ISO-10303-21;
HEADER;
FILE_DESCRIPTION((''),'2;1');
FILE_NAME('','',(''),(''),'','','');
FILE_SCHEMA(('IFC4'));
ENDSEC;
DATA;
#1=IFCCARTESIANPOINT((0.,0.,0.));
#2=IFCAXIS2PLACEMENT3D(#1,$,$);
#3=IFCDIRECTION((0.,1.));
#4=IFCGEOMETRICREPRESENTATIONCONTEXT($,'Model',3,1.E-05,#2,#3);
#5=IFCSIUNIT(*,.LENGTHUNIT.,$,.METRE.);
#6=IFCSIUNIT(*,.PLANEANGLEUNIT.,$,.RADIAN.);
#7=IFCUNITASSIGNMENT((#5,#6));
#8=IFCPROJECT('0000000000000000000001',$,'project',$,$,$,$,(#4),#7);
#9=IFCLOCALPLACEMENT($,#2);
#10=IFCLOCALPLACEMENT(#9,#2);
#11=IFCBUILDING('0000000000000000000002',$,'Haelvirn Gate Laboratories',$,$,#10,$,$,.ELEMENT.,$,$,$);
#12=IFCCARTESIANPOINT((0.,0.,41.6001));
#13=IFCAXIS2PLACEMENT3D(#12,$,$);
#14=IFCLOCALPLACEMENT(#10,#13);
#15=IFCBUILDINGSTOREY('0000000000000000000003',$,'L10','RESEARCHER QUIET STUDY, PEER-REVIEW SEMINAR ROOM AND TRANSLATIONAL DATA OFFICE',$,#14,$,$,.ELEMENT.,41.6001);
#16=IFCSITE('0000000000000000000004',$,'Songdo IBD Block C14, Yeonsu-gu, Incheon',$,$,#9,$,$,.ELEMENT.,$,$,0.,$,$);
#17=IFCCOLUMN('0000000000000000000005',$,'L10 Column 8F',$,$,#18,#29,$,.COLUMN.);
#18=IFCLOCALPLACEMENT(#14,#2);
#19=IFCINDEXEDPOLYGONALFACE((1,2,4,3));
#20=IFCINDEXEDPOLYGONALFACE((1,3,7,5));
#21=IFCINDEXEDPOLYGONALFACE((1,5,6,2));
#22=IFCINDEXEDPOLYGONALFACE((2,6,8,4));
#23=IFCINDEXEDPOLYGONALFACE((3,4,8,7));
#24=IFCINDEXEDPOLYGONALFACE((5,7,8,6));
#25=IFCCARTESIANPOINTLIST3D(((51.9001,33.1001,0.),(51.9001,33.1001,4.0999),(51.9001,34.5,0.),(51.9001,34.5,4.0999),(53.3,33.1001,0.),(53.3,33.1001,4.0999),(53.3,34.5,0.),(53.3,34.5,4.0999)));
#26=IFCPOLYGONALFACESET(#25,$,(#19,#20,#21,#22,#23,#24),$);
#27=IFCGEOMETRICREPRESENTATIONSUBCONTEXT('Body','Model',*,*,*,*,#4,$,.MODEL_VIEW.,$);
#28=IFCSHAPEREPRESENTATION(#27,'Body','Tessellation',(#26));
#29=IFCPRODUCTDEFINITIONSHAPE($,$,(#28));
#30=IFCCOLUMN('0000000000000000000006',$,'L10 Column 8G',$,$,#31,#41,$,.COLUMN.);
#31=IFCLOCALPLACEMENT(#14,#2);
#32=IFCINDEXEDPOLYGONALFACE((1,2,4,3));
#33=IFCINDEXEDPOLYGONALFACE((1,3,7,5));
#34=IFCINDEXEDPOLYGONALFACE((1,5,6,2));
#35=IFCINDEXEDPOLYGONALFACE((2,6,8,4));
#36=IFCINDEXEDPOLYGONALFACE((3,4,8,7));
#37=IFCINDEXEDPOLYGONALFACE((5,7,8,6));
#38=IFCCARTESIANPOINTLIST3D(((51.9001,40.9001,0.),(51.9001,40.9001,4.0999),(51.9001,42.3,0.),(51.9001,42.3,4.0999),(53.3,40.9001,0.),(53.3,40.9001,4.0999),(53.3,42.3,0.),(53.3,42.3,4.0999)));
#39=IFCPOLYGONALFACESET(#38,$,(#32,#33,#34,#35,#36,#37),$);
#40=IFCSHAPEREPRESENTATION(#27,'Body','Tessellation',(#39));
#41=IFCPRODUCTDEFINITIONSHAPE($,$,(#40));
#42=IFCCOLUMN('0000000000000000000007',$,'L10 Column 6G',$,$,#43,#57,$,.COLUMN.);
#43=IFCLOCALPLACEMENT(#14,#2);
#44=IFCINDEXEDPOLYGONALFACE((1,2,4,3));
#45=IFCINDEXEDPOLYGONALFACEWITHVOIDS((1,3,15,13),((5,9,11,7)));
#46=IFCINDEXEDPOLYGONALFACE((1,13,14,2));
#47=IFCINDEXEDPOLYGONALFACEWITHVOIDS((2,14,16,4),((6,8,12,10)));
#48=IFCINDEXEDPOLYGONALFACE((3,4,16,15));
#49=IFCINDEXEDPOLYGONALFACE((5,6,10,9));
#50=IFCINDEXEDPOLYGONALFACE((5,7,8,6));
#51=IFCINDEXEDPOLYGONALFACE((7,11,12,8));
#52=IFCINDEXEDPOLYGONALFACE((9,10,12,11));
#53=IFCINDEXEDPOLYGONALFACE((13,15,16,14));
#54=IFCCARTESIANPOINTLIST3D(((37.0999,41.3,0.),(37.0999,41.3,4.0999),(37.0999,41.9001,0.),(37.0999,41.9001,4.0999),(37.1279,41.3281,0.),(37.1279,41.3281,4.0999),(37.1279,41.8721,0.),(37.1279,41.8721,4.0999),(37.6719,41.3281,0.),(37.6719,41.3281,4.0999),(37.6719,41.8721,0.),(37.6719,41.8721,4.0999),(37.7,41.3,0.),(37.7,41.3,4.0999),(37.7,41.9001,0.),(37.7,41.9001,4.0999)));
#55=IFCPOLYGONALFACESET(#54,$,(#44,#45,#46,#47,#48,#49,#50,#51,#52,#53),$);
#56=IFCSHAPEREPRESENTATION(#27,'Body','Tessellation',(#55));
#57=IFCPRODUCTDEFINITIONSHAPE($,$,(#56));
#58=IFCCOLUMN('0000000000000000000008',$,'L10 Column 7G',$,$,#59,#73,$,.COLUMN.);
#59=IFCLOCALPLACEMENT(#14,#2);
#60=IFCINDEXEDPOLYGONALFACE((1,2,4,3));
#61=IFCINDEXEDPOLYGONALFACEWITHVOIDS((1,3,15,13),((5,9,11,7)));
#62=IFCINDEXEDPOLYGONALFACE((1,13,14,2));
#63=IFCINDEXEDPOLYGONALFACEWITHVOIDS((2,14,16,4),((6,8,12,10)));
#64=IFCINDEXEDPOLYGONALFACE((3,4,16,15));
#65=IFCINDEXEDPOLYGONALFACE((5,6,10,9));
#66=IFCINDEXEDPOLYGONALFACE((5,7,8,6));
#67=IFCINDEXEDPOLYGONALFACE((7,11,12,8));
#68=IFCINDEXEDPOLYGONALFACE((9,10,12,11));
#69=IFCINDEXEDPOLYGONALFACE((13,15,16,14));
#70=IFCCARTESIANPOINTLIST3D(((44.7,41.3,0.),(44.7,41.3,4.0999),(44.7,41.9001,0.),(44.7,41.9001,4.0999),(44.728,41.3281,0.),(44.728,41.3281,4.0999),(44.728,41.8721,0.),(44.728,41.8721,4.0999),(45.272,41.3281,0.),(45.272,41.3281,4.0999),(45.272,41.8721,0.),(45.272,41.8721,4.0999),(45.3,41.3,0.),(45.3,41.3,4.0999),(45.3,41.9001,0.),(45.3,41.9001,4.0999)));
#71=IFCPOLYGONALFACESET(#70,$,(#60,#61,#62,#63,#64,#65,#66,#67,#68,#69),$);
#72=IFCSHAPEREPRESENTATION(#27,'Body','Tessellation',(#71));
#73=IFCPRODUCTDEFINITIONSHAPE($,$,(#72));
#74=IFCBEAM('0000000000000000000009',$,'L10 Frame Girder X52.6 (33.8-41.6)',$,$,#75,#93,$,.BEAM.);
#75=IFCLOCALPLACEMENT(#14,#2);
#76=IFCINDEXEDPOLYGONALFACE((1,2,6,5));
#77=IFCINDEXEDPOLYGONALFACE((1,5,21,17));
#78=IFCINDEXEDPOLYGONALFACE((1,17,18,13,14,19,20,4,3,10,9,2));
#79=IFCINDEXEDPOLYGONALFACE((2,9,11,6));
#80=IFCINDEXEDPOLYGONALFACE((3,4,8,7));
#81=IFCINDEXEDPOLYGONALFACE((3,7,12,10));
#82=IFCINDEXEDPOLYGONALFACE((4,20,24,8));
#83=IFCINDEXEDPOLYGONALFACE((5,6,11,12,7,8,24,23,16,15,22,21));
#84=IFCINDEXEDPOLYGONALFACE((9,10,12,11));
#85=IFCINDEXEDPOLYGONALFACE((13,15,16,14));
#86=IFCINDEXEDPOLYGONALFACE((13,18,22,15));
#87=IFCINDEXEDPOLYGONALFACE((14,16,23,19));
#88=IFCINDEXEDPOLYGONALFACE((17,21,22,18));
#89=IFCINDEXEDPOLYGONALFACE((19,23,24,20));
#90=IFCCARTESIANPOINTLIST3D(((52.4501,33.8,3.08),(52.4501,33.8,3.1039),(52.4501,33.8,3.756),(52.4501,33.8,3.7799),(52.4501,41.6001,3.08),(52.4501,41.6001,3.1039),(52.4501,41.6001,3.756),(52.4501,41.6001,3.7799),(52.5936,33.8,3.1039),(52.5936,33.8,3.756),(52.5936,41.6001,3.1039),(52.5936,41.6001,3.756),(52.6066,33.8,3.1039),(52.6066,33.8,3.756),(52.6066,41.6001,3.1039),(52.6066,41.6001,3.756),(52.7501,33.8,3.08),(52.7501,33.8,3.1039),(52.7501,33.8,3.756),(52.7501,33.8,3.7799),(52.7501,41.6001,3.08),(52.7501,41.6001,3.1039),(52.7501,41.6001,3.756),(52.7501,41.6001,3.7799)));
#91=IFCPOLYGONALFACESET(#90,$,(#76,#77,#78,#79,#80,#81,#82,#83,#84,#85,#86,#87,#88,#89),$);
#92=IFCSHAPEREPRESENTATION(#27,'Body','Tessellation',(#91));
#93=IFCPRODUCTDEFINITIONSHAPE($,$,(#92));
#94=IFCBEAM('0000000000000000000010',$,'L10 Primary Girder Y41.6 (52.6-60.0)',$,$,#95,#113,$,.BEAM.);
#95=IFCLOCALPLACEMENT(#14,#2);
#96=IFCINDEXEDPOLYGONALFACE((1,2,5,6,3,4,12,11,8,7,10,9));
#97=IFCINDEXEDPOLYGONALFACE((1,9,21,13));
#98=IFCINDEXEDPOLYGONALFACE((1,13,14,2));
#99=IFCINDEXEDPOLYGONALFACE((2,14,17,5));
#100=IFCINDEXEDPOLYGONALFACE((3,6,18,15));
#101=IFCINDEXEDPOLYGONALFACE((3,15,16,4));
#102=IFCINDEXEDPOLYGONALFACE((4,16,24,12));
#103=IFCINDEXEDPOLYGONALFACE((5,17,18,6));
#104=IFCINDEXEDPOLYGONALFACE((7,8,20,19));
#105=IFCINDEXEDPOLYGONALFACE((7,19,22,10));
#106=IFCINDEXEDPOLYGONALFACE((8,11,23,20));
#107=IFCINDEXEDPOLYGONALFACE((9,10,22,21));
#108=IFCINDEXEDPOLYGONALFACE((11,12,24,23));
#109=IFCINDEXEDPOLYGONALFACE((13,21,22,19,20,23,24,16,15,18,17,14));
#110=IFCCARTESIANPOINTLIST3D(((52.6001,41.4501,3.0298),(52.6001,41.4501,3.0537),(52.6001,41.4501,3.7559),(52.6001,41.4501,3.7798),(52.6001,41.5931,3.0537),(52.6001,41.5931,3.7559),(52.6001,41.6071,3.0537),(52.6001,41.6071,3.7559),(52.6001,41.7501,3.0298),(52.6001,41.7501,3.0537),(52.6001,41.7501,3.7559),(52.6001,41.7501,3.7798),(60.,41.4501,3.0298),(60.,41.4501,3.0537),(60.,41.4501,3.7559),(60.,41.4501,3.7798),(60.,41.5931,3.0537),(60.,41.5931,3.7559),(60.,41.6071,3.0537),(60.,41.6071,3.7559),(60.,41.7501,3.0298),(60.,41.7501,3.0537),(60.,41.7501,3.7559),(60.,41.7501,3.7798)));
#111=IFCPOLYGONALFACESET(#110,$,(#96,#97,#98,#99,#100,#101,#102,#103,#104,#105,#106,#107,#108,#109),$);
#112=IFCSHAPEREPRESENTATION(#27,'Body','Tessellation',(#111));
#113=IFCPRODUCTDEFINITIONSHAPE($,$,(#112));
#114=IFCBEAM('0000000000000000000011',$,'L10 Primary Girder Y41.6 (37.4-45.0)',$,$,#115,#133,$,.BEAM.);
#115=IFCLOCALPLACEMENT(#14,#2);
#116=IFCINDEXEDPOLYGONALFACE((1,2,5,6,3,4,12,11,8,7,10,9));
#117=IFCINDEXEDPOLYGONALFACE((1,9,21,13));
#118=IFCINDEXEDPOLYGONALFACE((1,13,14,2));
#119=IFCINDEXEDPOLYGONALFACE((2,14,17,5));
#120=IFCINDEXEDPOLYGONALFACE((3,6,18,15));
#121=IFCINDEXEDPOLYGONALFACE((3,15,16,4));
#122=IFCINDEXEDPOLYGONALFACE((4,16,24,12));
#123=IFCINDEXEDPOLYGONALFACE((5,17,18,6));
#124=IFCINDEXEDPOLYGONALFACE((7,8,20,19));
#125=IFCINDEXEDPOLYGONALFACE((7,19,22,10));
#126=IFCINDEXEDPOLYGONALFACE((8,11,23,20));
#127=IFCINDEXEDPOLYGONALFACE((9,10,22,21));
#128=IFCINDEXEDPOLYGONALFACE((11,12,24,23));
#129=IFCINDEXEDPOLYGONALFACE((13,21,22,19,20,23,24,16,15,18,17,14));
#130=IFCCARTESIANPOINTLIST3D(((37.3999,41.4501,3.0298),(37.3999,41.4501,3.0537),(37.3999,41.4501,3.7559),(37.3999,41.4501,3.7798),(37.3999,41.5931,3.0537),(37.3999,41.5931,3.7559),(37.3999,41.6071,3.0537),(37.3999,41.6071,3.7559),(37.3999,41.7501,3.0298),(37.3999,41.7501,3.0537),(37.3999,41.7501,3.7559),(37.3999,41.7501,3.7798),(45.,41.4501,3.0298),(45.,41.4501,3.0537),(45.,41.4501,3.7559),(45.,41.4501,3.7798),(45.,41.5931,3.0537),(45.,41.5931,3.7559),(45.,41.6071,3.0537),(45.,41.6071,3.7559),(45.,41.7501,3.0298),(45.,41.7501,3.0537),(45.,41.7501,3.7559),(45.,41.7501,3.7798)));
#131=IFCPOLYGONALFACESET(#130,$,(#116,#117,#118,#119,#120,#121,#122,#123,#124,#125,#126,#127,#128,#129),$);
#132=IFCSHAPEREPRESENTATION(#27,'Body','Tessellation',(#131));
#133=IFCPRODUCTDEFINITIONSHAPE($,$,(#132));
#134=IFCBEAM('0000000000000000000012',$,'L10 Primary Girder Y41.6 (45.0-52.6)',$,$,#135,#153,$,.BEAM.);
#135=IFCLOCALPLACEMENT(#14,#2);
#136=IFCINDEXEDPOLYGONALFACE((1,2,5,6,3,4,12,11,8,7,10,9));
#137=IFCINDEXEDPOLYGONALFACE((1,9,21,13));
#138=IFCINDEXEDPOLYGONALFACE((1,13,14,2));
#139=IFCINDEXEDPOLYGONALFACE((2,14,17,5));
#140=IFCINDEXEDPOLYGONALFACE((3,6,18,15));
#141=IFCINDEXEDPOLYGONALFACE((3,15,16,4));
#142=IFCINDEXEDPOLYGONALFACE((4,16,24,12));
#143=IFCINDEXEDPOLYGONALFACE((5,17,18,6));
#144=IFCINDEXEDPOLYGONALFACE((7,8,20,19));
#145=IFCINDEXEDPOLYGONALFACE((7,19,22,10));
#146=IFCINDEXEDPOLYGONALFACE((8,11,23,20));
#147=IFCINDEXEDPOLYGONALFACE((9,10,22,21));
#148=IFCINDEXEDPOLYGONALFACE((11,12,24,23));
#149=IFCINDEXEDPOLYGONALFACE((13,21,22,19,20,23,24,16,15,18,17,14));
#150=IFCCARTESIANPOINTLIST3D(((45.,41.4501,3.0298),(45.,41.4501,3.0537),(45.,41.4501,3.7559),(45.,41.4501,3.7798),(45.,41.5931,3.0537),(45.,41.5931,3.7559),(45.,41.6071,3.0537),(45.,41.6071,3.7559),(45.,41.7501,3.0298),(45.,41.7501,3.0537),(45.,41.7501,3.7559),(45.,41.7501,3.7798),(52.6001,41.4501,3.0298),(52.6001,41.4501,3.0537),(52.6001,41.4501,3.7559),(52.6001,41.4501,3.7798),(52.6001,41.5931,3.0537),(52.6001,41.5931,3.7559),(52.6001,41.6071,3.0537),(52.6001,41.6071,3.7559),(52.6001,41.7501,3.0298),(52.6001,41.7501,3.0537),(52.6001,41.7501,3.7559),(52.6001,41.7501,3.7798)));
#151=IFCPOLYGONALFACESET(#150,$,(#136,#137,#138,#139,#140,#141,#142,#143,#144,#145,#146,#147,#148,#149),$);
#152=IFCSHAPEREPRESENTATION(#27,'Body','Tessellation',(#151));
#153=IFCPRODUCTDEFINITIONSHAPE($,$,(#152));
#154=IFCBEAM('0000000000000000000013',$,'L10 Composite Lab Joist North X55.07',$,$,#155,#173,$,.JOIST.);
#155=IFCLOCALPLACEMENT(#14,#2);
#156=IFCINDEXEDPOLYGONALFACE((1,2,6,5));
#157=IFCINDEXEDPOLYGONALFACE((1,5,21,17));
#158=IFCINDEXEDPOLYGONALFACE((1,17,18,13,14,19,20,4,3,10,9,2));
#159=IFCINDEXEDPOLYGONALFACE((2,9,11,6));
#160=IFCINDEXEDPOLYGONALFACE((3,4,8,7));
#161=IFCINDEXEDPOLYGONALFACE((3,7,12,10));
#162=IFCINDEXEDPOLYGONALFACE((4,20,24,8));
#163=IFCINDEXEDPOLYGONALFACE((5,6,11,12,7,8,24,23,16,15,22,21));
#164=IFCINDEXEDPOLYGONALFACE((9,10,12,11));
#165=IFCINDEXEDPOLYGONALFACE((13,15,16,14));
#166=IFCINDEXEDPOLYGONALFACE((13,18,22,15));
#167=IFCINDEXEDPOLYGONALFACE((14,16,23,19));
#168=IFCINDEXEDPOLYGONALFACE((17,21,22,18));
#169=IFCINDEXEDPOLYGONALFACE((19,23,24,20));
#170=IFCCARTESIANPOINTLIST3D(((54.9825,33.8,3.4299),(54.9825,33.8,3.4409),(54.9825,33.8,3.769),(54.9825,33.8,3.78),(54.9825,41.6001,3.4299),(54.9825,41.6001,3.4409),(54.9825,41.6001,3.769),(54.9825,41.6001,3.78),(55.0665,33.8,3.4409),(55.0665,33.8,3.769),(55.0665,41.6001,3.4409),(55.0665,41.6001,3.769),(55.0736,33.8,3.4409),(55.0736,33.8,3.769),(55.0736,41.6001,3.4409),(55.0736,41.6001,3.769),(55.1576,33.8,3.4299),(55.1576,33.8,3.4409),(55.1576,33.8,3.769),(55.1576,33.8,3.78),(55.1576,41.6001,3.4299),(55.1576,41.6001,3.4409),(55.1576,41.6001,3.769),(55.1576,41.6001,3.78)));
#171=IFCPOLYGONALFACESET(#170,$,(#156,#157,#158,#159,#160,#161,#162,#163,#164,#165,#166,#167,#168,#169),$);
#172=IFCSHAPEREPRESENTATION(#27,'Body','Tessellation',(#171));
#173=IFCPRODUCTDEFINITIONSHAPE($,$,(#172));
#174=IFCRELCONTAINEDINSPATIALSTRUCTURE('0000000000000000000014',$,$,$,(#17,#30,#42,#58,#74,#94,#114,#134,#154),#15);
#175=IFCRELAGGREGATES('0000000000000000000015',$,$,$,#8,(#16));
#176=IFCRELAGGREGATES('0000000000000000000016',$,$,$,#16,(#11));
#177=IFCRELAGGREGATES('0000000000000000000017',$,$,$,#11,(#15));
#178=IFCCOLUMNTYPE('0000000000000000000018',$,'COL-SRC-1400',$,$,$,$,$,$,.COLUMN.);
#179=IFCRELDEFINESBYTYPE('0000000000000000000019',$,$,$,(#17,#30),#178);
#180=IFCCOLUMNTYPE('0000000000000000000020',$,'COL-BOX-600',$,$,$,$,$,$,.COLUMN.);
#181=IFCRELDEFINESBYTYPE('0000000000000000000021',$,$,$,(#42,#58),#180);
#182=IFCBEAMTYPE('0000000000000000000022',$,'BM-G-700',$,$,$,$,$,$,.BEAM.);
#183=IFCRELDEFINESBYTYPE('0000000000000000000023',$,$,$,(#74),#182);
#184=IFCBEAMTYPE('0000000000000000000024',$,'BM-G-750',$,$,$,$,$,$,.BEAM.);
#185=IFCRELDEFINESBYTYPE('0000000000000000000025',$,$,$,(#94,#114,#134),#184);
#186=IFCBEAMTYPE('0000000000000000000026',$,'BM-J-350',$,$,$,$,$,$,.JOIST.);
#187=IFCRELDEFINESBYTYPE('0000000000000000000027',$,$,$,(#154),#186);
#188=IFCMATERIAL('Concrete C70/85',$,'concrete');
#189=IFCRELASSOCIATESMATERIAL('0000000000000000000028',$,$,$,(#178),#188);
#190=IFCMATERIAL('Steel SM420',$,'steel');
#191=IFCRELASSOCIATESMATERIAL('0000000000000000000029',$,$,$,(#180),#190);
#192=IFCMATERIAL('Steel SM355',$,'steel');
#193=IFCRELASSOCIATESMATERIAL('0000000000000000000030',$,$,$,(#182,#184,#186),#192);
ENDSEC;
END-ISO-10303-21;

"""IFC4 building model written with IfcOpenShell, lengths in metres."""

from ifc_helpers import new_model, si_unit, direction, frame, origin, origin_2d, place, context, subcontext, project, spatial, rectangle, hollow_rectangle, i_section, extrude, source, transform, mapped, material, material_profile, profile_set, type_object, type_shapes, element, save


model = new_model("IFC4")

# Units and contexts
model_context = context("Model", 3, precision=1e-05, world=origin(), true_north=direction((0.0, 1.0)))
body_context = subcontext(model_context, "Body", "Model", "MODEL_VIEW")
ifc_project = project(units=[si_unit("LENGTHUNIT", "METRE"), si_unit("PLANEANGLEUNIT", "RADIAN")], contexts=[model_context])

# Site, building, storey
site_placement = place(None, origin())
site = spatial("IfcSite", under=ifc_project, at=site_placement, Name="Songdo IBD Block C14, Yeonsu-gu, Incheon", CompositionType="ELEMENT", RefElevation=0.0)
building_placement = place(site_placement, origin())
building = spatial("IfcBuilding", under=site, at=building_placement, Name="Haelvirn Gate Laboratories", CompositionType="ELEMENT")
storey_placement = place(building_placement, frame((0.0, 0.0, 41.6001)))
storey = spatial("IfcBuildingStorey", under=building, at=storey_placement, Name="L10", Description="RESEARCHER QUIET STUDY, PEER-REVIEW SEMINAR ROOM AND TRANSLATIONAL DATA OFFICE", CompositionType="ELEMENT", Elevation=41.6001)

# Columns
ifc_material_1 = material(Name="Concrete C70/85", Category="concrete")
ifc_material_profile_1 = material_profile(ifc_material_1, rectangle(XDim=1.3999, YDim=1.3999, at=origin_2d()), Name="SRC-1400x1400")
ifc_profile_set_1 = profile_set([ifc_material_profile_1], Name="Concrete C70/85")
column_type_1 = type_object("IfcColumnType", Name="COL-SRC-1400", PredefinedType="COLUMN", material=ifc_profile_set_1)
shared_shape_1 = source(origin(), body_context, "Body", "SweptSolid", [
    extrude(rectangle(XDim=1.3999, YDim=1.3999, at=origin_2d()), origin(), (0.0, 0.0, 1.0), 4.0999),
])
type_shapes(column_type_1, [shared_shape_1])
for number, where, z_axis, x_axis, name in (
    (1, (52.6001, 33.8, 0.0), (0.0, 0.0, 1.0), (1.0, 0.0, 0.0), "L10 Column 8F"),
    (2, (52.6001, 41.6001, 0.0), (0.0, 0.0, 1.0), (1.0, 0.0, 0.0), "L10 Column 8G"),
):
    element("IfcColumn", number, at=place(storey_placement, frame(where, z_axis=z_axis, x_axis=x_axis)), inside=storey, type_object=column_type_1, Name=name, PredefinedType="COLUMN", context=body_context, shape_type="MappedRepresentation", body=[
        mapped(shared_shape_1, transform((0.0, 0.0, 0.0), scale=1.0)),
    ])
ifc_material_2 = material(Name="Steel SM420", Category="steel")
ifc_material_profile_2 = material_profile(ifc_material_2, hollow_rectangle(XDim=0.6001, YDim=0.6001, WallThickness=0.0281, at=origin_2d()), Name="BOX-600x600x28")
ifc_profile_set_2 = profile_set([ifc_material_profile_2], Name="Steel SM420")
column_type_2 = type_object("IfcColumnType", Name="COL-BOX-600", PredefinedType="COLUMN", material=ifc_profile_set_2)
shared_shape_2 = source(origin(), body_context, "Body", "SweptSolid", [
    extrude(hollow_rectangle(XDim=0.6001, YDim=0.6001, WallThickness=0.0281, at=origin_2d()), origin(), (0.0, 0.0, 1.0), 4.0999),
])
type_shapes(column_type_2, [shared_shape_2])
for number, where, z_axis, x_axis, name in (
    (3, (37.3999, 41.6001, 0.0), (0.0, 0.0, 1.0), (1.0, 0.0, 0.0), "L10 Column 6G"),
    (4, (45.0, 41.6001, 0.0), (0.0, 0.0, 1.0), (1.0, 0.0, 0.0), "L10 Column 7G"),
):
    element("IfcColumn", number, at=place(storey_placement, frame(where, z_axis=z_axis, x_axis=x_axis)), inside=storey, type_object=column_type_2, Name=name, PredefinedType="COLUMN", context=body_context, shape_type="MappedRepresentation", body=[
        mapped(shared_shape_2, transform((0.0, 0.0, 0.0), scale=1.0)),
    ])

# Beams
ifc_material_3 = material(Name="Steel SM355", Category="steel")
ifc_material_profile_3 = material_profile(ifc_material_3, i_section(OverallWidth=0.3, OverallDepth=0.7, WebThickness=0.0129, FlangeThickness=0.0239, at=origin_2d()), Name="H-700x300x13x24")
ifc_profile_set_3 = profile_set([ifc_material_profile_3], Name="Steel SM355")
beam_type_1 = type_object("IfcBeamType", Name="BM-G-700", PredefinedType="BEAM", material=ifc_profile_set_3)
shared_shape_3 = source(origin(), body_context, "Body", "SweptSolid", [
    extrude(i_section(OverallWidth=0.3, OverallDepth=0.7, WebThickness=0.0129, FlangeThickness=0.0239, at=origin_2d()), origin(), (0.0, 0.0, 1.0), 7.8),
])
type_shapes(beam_type_1, [shared_shape_3])
beam_1_placement = place(storey_placement, frame((52.6001, 33.8, 3.4299), z_axis=(0.0, 1.0, 0.0), x_axis=(-1.0, 0.0, 0.0)))
element("IfcBeam", 5, at=beam_1_placement, inside=storey, type_object=beam_type_1, Name="L10 Frame Girder X52.6 (33.8-41.6)", PredefinedType="BEAM", context=body_context, shape_type="MappedRepresentation", body=[
    mapped(shared_shape_3, transform((0.0, 0.0, 0.0), scale=1.0)),
])
ifc_material_profile_4 = material_profile(ifc_material_3, i_section(OverallWidth=0.3, OverallDepth=0.75, WebThickness=0.0139, FlangeThickness=0.0239, at=origin_2d()), Name="H-750x300x14x24")
ifc_profile_set_4 = profile_set([ifc_material_profile_4], Name="Steel SM355")
beam_type_2 = type_object("IfcBeamType", Name="BM-G-750", PredefinedType="BEAM", material=ifc_profile_set_4)
shared_shape_4 = source(origin(), body_context, "Body", "SweptSolid", [
    extrude(i_section(OverallWidth=0.3, OverallDepth=0.75, WebThickness=0.0139, FlangeThickness=0.0239, at=origin_2d()), origin(), (0.0, 0.0, 1.0), 7.3999),
])
beam_2_placement = place(storey_placement, frame((52.6001, 41.6001, 3.4048), z_axis=(1.0, 0.0, 0.0), x_axis=(0.0, 1.0, 0.0)))
element("IfcBeam", 6, at=beam_2_placement, inside=storey, type_object=beam_type_2, Name="L10 Primary Girder Y41.6 (52.6-60.0)", PredefinedType="BEAM", context=body_context, shape_type="MappedRepresentation", body=[
    mapped(shared_shape_4, transform((0.0, 0.0, 0.0), scale=1.0)),
])
shared_shape_5 = source(origin(), body_context, "Body", "SweptSolid", [
    extrude(i_section(OverallWidth=0.3, OverallDepth=0.75, WebThickness=0.0139, FlangeThickness=0.0239, at=origin_2d()), origin(), (0.0, 0.0, 1.0), 7.6001),
])
type_shapes(beam_type_2, [shared_shape_4, shared_shape_5])
for number, where, z_axis, x_axis, name in (
    (7, (37.3999, 41.6001, 3.4048), (1.0, 0.0, 0.0), (0.0, 1.0, 0.0), "L10 Primary Girder Y41.6 (37.4-45.0)"),
    (8, (45.0, 41.6001, 3.4048), (1.0, 0.0, 0.0), (0.0, 1.0, 0.0), "L10 Primary Girder Y41.6 (45.0-52.6)"),
):
    element("IfcBeam", number, at=place(storey_placement, frame(where, z_axis=z_axis, x_axis=x_axis)), inside=storey, type_object=beam_type_2, Name=name, PredefinedType="BEAM", context=body_context, shape_type="MappedRepresentation", body=[
        mapped(shared_shape_5, transform((0.0, 0.0, 0.0), scale=1.0)),
    ])
ifc_material_profile_5 = material_profile(ifc_material_3, i_section(OverallWidth=0.175, OverallDepth=0.3501, WebThickness=0.0071, FlangeThickness=0.011, at=origin_2d()), Name="H-350x175x7x11")
ifc_profile_set_5 = profile_set([ifc_material_profile_5], Name="Steel SM355")
beam_type_3 = type_object("IfcBeamType", Name="BM-J-350", PredefinedType="JOIST", material=ifc_profile_set_5)
shared_shape_6 = source(origin(), body_context, "Body", "SweptSolid", [
    extrude(i_section(OverallWidth=0.175, OverallDepth=0.3501, WebThickness=0.0071, FlangeThickness=0.011, at=origin_2d()), origin(), (0.0, 0.0, 1.0), 7.8),
])
type_shapes(beam_type_3, [shared_shape_6])
beam_3_placement = place(storey_placement, frame((55.0701, 33.8, 3.605), z_axis=(0.0, 1.0, 0.0), x_axis=(-1.0, 0.0, 0.0)))
element("IfcBeam", 9, at=beam_3_placement, inside=storey, type_object=beam_type_3, Name="L10 Composite Lab Joist North X55.07", PredefinedType="JOIST", context=body_context, shape_type="MappedRepresentation", body=[
    mapped(shared_shape_6, transform((0.0, 0.0, 0.0), scale=1.0)),
])

save(model, "model.ifc")
